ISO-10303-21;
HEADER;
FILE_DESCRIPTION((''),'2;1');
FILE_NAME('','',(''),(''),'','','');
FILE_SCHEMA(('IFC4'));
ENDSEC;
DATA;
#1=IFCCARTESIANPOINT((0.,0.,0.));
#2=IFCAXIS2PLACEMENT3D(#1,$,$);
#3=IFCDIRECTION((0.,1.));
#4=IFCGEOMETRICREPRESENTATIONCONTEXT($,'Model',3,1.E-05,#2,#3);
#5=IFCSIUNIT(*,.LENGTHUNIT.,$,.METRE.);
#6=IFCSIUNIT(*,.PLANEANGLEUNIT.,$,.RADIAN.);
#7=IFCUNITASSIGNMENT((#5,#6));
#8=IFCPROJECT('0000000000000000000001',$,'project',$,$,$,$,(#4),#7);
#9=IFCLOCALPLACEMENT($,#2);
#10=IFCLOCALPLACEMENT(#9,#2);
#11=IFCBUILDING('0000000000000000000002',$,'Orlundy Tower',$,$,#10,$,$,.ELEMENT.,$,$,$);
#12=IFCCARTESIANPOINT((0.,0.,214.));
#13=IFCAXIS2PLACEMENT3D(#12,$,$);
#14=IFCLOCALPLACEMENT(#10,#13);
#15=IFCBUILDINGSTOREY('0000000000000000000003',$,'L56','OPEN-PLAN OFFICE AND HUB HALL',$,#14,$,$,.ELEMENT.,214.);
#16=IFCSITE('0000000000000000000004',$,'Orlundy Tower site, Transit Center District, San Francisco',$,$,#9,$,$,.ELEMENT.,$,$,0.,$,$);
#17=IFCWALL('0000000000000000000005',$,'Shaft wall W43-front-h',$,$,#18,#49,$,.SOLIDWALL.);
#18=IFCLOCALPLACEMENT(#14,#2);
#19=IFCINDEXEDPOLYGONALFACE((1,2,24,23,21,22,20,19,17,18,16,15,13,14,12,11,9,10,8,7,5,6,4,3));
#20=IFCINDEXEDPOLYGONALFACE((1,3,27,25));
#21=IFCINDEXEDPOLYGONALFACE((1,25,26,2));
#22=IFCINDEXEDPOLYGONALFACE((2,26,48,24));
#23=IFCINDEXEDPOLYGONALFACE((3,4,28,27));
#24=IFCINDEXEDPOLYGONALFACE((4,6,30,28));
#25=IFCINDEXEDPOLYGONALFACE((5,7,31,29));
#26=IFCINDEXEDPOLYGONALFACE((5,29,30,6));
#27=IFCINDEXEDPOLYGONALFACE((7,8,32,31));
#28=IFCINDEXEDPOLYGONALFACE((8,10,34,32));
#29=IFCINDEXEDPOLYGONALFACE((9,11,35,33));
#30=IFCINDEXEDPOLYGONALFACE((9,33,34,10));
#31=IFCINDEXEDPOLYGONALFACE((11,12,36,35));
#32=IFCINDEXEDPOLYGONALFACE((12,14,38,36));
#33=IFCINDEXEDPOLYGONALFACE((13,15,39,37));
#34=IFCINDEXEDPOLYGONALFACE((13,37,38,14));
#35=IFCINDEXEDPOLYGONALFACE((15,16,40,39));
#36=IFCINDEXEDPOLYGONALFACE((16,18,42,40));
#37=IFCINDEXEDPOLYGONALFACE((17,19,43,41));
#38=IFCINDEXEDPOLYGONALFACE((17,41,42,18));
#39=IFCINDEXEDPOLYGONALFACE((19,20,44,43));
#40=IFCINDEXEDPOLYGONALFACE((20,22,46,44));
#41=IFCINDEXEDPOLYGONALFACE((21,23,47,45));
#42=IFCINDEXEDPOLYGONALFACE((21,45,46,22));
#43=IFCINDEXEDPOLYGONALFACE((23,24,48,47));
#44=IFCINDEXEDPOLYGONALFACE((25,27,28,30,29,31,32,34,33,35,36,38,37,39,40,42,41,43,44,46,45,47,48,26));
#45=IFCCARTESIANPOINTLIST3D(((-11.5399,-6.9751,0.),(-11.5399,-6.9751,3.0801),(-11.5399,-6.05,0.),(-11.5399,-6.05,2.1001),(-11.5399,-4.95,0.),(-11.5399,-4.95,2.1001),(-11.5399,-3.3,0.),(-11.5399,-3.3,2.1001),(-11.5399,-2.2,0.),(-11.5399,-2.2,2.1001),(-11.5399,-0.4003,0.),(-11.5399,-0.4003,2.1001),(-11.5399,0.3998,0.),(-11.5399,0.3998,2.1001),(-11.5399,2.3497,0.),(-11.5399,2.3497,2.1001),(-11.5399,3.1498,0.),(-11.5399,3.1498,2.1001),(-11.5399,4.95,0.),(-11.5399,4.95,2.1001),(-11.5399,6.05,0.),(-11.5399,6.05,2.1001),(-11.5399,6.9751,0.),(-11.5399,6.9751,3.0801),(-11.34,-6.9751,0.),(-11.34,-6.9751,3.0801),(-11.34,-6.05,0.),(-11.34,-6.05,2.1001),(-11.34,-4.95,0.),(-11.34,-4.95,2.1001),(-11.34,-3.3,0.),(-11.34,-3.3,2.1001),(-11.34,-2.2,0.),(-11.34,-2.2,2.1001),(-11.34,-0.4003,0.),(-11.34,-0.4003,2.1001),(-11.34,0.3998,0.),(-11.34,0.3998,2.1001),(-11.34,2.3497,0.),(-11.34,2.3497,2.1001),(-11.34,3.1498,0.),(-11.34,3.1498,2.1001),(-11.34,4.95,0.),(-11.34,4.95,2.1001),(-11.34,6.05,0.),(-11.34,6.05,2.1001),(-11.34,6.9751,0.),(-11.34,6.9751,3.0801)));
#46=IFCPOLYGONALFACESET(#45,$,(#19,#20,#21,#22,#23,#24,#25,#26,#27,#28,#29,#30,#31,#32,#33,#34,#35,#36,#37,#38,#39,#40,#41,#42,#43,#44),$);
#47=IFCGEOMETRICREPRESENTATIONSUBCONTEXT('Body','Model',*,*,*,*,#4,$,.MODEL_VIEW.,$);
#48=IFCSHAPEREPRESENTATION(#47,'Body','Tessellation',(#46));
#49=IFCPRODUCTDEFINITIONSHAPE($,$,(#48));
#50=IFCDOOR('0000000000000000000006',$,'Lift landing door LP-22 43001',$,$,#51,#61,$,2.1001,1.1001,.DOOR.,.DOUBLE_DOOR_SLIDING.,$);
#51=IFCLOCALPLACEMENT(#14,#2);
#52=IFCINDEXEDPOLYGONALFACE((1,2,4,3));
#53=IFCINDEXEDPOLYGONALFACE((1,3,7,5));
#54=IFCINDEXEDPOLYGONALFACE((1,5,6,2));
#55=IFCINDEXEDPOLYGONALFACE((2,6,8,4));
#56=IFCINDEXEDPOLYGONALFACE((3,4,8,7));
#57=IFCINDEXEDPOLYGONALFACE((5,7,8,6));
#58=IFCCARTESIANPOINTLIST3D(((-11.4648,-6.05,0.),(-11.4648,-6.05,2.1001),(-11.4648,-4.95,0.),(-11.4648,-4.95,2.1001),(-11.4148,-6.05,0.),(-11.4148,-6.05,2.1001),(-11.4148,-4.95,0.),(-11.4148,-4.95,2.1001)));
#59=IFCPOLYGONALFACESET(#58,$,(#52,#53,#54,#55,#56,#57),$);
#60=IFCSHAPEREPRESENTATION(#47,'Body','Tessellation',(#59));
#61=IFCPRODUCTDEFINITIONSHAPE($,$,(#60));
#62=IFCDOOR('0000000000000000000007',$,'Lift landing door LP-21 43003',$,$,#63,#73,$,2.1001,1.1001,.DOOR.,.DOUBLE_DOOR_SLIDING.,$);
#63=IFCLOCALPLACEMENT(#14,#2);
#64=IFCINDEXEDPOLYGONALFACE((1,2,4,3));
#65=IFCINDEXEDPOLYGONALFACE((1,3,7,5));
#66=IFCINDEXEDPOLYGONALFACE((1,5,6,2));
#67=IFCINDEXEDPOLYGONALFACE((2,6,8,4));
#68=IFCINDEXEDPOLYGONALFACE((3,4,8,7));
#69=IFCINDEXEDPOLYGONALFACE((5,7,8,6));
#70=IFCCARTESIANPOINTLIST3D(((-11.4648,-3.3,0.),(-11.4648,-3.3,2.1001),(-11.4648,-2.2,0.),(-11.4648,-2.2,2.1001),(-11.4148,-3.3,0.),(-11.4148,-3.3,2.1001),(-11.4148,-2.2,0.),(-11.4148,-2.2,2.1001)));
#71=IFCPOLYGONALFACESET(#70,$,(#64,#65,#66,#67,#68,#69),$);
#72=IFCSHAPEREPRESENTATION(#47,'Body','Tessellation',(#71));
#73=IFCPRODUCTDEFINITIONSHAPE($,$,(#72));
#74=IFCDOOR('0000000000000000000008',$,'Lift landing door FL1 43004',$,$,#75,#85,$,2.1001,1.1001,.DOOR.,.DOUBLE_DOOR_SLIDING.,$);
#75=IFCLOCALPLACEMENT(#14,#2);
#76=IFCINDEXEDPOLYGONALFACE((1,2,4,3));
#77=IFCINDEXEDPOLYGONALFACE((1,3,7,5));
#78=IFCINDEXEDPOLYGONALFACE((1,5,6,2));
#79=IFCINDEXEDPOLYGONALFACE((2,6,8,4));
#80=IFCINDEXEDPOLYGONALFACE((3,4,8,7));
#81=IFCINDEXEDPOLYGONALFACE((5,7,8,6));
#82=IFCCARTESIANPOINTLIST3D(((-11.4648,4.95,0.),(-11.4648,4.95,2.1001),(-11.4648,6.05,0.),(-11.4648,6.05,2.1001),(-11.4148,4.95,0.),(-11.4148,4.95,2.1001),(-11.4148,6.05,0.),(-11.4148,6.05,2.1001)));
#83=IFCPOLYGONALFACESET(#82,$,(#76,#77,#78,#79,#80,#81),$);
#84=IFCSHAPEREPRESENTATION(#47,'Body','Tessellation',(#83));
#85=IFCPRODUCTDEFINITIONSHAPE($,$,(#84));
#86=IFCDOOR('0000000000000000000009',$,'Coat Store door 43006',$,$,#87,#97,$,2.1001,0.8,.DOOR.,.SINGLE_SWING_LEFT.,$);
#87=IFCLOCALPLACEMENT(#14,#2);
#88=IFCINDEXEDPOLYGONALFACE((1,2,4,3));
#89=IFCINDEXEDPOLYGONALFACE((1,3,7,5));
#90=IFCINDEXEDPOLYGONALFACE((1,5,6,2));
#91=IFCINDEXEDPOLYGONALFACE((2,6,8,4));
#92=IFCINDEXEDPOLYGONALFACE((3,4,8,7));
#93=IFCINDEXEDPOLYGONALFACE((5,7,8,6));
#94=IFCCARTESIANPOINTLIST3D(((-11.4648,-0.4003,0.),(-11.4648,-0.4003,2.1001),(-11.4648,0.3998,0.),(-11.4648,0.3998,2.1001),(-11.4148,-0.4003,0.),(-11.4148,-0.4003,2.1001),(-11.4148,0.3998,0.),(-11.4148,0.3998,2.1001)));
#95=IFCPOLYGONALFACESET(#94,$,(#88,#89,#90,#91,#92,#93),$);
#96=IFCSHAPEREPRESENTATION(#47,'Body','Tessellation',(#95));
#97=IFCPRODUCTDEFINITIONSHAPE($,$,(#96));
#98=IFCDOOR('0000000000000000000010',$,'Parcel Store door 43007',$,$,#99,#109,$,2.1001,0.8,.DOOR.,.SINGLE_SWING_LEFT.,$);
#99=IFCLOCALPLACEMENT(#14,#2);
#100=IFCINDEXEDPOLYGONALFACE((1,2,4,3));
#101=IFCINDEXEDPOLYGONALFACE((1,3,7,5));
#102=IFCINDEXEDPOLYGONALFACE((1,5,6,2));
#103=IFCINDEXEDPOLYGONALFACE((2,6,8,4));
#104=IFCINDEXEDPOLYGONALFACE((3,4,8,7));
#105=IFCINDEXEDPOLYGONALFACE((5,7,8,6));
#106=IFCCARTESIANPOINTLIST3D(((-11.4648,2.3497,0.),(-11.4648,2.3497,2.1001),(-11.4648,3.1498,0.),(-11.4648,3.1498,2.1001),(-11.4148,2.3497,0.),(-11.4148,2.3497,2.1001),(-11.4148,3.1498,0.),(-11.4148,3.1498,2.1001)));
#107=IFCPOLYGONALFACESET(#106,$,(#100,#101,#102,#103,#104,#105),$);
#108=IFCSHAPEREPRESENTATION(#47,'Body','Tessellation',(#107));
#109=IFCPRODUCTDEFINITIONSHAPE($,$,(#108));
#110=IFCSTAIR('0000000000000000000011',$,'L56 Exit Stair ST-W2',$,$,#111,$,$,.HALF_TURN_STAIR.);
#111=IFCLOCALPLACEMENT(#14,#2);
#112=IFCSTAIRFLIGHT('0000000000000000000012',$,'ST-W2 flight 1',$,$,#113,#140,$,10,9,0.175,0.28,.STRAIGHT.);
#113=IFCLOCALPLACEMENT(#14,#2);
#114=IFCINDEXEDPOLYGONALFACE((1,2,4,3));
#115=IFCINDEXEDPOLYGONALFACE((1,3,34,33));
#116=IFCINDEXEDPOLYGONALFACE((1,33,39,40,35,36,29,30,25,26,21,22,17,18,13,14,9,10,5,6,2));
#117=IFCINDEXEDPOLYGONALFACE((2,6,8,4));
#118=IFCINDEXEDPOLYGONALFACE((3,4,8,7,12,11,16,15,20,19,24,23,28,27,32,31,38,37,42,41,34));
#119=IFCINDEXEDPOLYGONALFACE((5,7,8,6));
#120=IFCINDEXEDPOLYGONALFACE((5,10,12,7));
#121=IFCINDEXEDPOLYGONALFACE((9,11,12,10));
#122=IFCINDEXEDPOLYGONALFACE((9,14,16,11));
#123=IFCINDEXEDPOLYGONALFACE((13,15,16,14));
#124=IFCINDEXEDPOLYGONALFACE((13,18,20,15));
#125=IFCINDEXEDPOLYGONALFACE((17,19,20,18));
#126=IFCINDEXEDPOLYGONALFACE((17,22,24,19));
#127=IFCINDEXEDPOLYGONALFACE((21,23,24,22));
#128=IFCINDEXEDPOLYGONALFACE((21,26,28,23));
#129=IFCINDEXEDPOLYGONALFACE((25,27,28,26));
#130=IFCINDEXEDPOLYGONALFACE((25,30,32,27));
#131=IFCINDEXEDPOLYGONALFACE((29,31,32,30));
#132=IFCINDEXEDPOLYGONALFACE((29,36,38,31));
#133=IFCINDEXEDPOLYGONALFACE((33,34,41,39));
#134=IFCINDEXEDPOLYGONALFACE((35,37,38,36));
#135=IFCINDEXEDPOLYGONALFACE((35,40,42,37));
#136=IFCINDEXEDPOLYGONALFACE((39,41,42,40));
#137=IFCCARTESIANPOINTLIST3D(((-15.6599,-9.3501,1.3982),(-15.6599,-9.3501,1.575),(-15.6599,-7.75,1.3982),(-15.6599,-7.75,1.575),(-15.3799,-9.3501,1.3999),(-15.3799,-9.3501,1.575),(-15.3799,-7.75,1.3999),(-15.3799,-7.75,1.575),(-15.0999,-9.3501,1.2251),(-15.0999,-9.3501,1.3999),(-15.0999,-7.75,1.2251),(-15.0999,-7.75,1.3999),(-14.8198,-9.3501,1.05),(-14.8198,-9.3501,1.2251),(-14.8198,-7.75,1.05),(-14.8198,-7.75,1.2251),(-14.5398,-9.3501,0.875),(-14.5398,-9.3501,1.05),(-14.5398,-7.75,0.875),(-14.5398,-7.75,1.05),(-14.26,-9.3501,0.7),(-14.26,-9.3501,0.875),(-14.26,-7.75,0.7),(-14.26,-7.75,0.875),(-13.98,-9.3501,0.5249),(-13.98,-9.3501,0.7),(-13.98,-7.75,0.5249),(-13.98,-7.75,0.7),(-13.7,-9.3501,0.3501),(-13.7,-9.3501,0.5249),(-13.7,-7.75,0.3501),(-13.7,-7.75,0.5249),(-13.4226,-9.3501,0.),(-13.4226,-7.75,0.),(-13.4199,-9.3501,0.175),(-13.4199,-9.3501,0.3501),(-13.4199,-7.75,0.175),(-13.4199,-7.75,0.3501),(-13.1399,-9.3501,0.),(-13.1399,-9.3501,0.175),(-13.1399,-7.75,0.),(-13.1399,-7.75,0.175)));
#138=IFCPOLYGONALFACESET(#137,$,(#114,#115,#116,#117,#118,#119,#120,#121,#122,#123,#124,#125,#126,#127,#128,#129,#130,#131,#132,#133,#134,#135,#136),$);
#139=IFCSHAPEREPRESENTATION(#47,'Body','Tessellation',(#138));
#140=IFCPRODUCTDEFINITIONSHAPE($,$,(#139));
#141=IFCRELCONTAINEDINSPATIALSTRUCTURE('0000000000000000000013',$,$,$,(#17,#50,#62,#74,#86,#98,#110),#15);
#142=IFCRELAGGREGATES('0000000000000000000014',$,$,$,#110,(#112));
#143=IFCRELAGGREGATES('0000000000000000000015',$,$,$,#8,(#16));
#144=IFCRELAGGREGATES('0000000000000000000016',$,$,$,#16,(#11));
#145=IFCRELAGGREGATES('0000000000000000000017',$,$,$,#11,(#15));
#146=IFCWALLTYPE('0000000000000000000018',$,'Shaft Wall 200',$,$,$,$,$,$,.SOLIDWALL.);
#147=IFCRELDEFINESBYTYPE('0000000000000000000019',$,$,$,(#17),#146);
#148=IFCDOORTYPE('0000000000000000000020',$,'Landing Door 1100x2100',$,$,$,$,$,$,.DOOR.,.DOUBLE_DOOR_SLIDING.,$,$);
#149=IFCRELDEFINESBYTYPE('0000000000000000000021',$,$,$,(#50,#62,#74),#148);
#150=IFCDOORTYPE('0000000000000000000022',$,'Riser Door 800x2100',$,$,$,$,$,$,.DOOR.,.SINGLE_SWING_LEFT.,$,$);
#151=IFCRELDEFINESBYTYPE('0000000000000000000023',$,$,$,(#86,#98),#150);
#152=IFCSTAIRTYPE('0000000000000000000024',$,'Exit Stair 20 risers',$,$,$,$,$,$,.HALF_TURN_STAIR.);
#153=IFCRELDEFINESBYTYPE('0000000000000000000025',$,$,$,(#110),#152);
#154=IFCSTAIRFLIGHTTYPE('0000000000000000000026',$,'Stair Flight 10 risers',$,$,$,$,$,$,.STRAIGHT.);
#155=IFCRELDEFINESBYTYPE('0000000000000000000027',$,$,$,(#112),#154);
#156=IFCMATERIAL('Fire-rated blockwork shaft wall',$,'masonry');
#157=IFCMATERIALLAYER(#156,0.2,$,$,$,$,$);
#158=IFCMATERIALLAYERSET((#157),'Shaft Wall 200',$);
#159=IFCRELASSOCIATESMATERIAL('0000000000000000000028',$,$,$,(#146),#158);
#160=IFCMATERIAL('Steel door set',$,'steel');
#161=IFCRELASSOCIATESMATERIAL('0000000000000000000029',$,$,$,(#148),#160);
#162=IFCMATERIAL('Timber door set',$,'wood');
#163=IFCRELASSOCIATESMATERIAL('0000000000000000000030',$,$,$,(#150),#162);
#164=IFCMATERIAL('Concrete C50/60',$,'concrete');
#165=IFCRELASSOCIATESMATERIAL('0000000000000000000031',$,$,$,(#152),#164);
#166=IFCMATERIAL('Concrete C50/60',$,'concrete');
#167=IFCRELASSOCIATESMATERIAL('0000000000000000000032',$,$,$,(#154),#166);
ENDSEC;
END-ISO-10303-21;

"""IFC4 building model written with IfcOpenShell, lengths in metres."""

from ifc_helpers import new_model, si_unit, direction, frame, frame_2d, origin, place, context, subcontext, project, spatial, polyline, rectangle, outline, extrude, material, layer, layer_set, type_object, element, fill, aggregate, save


model = new_model("IFC4")

# Units and contexts
model_context = context("Model", 3, precision=1e-05, world=origin(), true_north=direction((0.0, 1.0)))
body_context = subcontext(model_context, "Body", "Model", "MODEL_VIEW")
ifc_project = project(units=[si_unit("LENGTHUNIT", "METRE"), si_unit("PLANEANGLEUNIT", "RADIAN")], contexts=[model_context])

# Site, building, storey
site_placement = place(None, origin())
site = spatial("IfcSite", under=ifc_project, at=site_placement, Name="Orlundy Tower site, Transit Center District, San Francisco", CompositionType="ELEMENT", RefElevation=0.0)
building_placement = place(site_placement, origin())
building = spatial("IfcBuilding", under=site, at=building_placement, Name="Orlundy Tower", CompositionType="ELEMENT")
storey_placement = place(building_placement, frame((0.0, 0.0, 214.0)))
storey = spatial("IfcBuildingStorey", under=building, at=storey_placement, Name="L56", Description="OPEN-PLAN OFFICE AND HUB HALL", CompositionType="ELEMENT", Elevation=214.0)

# Wall, openings, doors
ifc_material_1 = material(Name="Fire-rated blockwork shaft wall", Category="masonry")
ifc_layer_1 = layer(ifc_material_1, 0.2)
ifc_layer_set_1 = layer_set([ifc_layer_1], Name="Shaft Wall 200")
wall_type_1 = type_object("IfcWallType", Name="Shaft Wall 200", PredefinedType="SOLIDWALL", material=ifc_layer_set_1)
wall_1_placement = place(storey_placement, frame((-11.4399, -6.9751, 0.0), z_axis=(0.0, 0.0, 1.0), x_axis=(0.0, 1.0, 0.0)))
wall_1 = element("IfcWall", 1, at=wall_1_placement, inside=storey, type_object=wall_type_1, Name="Shaft wall W43-front-h", PredefinedType="SOLIDWALL", context=body_context, shape_type="SweptSolid", body=[
    extrude(rectangle(XDim=13.9502, YDim=0.2, at=frame_2d((6.9751, 0.0))), origin(), (0.0, 0.0, 1.0), 3.0801),
])
opening_1_placement = place(wall_1_placement, frame((0.925, 0.0, 0.0)))
opening_1 = element("IfcOpeningElement", 2, at=opening_1_placement, cuts=wall_1, PredefinedType="OPENING", context=body_context, shape_type="SweptSolid", body=[
    extrude(rectangle(XDim=1.1001, YDim=2.1001, at=frame_2d((0.55, 1.05))), frame((0.0, 0.1101, 0.0), z_axis=(0.0, -1.0, 0.0), x_axis=(1.0, 0.0, 0.0)), (0.0, 0.0, 1.0), 0.2202),
])
opening_2_placement = place(wall_1_placement, frame((3.675, 0.0, 0.0)))
opening_2 = element("IfcOpeningElement", 3, at=opening_2_placement, cuts=wall_1, PredefinedType="OPENING", context=body_context, shape_type="SweptSolid", body=[
    extrude(rectangle(XDim=1.1001, YDim=2.1001, at=frame_2d((0.55, 1.05))), frame((0.0, 0.1101, 0.0), z_axis=(0.0, -1.0, 0.0), x_axis=(1.0, 0.0, 0.0)), (0.0, 0.0, 1.0), 0.2202),
])
opening_3_placement = place(wall_1_placement, frame((11.925, 0.0, 0.0)))
opening_3 = element("IfcOpeningElement", 4, at=opening_3_placement, cuts=wall_1, PredefinedType="OPENING", context=body_context, shape_type="SweptSolid", body=[
    extrude(rectangle(XDim=1.1001, YDim=2.1001, at=frame_2d((0.55, 1.05))), frame((0.0, 0.1101, 0.0), z_axis=(0.0, -1.0, 0.0), x_axis=(1.0, 0.0, 0.0)), (0.0, 0.0, 1.0), 0.2202),
])
opening_4_placement = place(wall_1_placement, frame((6.575, 0.0, 0.0)))
opening_4 = element("IfcOpeningElement", 5, at=opening_4_placement, cuts=wall_1, PredefinedType="OPENING", context=body_context, shape_type="SweptSolid", body=[
    extrude(rectangle(XDim=0.8, YDim=2.1001, at=frame_2d((0.3999, 1.05))), frame((0.0, 0.1101, 0.0), z_axis=(0.0, -1.0, 0.0), x_axis=(1.0, 0.0, 0.0)), (0.0, 0.0, 1.0), 0.2202),
])
opening_5_placement = place(wall_1_placement, frame((9.325, 0.0, 0.0)))
opening_5 = element("IfcOpeningElement", 6, at=opening_5_placement, cuts=wall_1, PredefinedType="OPENING", context=body_context, shape_type="SweptSolid", body=[
    extrude(rectangle(XDim=0.8, YDim=2.1001, at=frame_2d((0.3999, 1.05))), frame((0.0, 0.1101, 0.0), z_axis=(0.0, -1.0, 0.0), x_axis=(1.0, 0.0, 0.0)), (0.0, 0.0, 1.0), 0.2202),
])
ifc_material_2 = material(Name="Steel door set", Category="steel")
door_type_1 = type_object("IfcDoorType", Name="Landing Door 1100x2100", OperationType="DOUBLE_DOOR_SLIDING", PredefinedType="DOOR", material=ifc_material_2)
door_1_placement = place(opening_1_placement, origin())
door_1 = element("IfcDoor", 7, at=door_1_placement, inside=storey, type_object=door_type_1, Name="Lift landing door LP-22 43001", OperationType="DOUBLE_DOOR_SLIDING", OverallHeight=2.1001, OverallWidth=1.1001, PredefinedType="DOOR", context=body_context, shape_type="SweptSolid", body=[
    extrude(rectangle(XDim=1.1001, YDim=2.1001, at=frame_2d((0.55, 1.05))), frame((0.0, 0.0249, 0.0), z_axis=(0.0, -1.0, 0.0), x_axis=(1.0, 0.0, 0.0)), (0.0, 0.0, 1.0), 0.05),
])
fill(opening_1, door_1)
door_2_placement = place(opening_2_placement, origin())
door_2 = element("IfcDoor", 8, at=door_2_placement, inside=storey, type_object=door_type_1, Name="Lift landing door LP-21 43003", OperationType="DOUBLE_DOOR_SLIDING", OverallHeight=2.1001, OverallWidth=1.1001, PredefinedType="DOOR", context=body_context, shape_type="SweptSolid", body=[
    extrude(rectangle(XDim=1.1001, YDim=2.1001, at=frame_2d((0.55, 1.05))), frame((0.0, 0.0249, 0.0), z_axis=(0.0, -1.0, 0.0), x_axis=(1.0, 0.0, 0.0)), (0.0, 0.0, 1.0), 0.05),
])
fill(opening_2, door_2)
door_3_placement = place(opening_3_placement, origin())
door_3 = element("IfcDoor", 9, at=door_3_placement, inside=storey, type_object=door_type_1, Name="Lift landing door FL1 43004", OperationType="DOUBLE_DOOR_SLIDING", OverallHeight=2.1001, OverallWidth=1.1001, PredefinedType="DOOR", context=body_context, shape_type="SweptSolid", body=[
    extrude(rectangle(XDim=1.1001, YDim=2.1001, at=frame_2d((0.55, 1.05))), frame((0.0, 0.0249, 0.0), z_axis=(0.0, -1.0, 0.0), x_axis=(1.0, 0.0, 0.0)), (0.0, 0.0, 1.0), 0.05),
])
fill(opening_3, door_3)
ifc_material_3 = material(Name="Timber door set", Category="wood")
door_type_2 = type_object("IfcDoorType", Name="Riser Door 800x2100", OperationType="SINGLE_SWING_LEFT", PredefinedType="DOOR", material=ifc_material_3)
door_4_placement = place(opening_4_placement, origin())
door_4 = element("IfcDoor", 10, at=door_4_placement, inside=storey, type_object=door_type_2, Name="Coat Store door 43006", OperationType="SINGLE_SWING_LEFT", OverallHeight=2.1001, OverallWidth=0.8, PredefinedType="DOOR", context=body_context, shape_type="SweptSolid", body=[
    extrude(rectangle(XDim=0.8, YDim=2.1001, at=frame_2d((0.3999, 1.05))), frame((0.0, 0.0249, 0.0), z_axis=(0.0, -1.0, 0.0), x_axis=(1.0, 0.0, 0.0)), (0.0, 0.0, 1.0), 0.05),
])
fill(opening_4, door_4)
door_5_placement = place(opening_5_placement, origin())
door_5 = element("IfcDoor", 11, at=door_5_placement, inside=storey, type_object=door_type_2, Name="Parcel Store door 43007", OperationType="SINGLE_SWING_LEFT", OverallHeight=2.1001, OverallWidth=0.8, PredefinedType="DOOR", context=body_context, shape_type="SweptSolid", body=[
    extrude(rectangle(XDim=0.8, YDim=2.1001, at=frame_2d((0.3999, 1.05))), frame((0.0, 0.0249, 0.0), z_axis=(0.0, -1.0, 0.0), x_axis=(1.0, 0.0, 0.0)), (0.0, 0.0, 1.0), 0.05),
])
fill(opening_5, door_5)

# Stair, stair flight
ifc_material_4 = material(Name="Concrete C50/60", Category="concrete")
stair_type = type_object("IfcStairType", Name="Exit Stair 20 risers", PredefinedType="HALF_TURN_STAIR", material=ifc_material_4)
stair_placement = place(storey_placement, origin())
stair = element("IfcStair", 12, at=stair_placement, inside=storey, type_object=stair_type, Name="L56 Exit Stair ST-W2", PredefinedType="HALF_TURN_STAIR")
ifc_material_5 = material(Name="Concrete C50/60", Category="concrete")
stair_flight_type = type_object("IfcStairFlightType", Name="Stair Flight 10 risers", PredefinedType="STRAIGHT", material=ifc_material_5)
stair_flight_1_placement = place(storey_placement, frame((-13.1399, -8.55, 0.0), z_axis=(0.0, 0.0, 1.0), x_axis=(-1.0, 0.0, 0.0)))
stair_flight_1 = element("IfcStairFlight", 13, at=stair_flight_1_placement, type_object=stair_flight_type, Name="ST-W2 flight 1", NumberOfRisers=10, NumberOfTreads=9, PredefinedType="STRAIGHT", RiserHeight=0.175, TreadLength=0.28, context=body_context, shape_type="SweptSolid", body=[
    extrude(outline(polyline([(0.0, 0.0), (0.0, 0.175), (0.28, 0.175), (0.28, 0.3501), (0.5601, 0.3501), (0.5601, 0.5249), (0.8401, 0.5249), (0.8401, 0.7), (1.1201, 0.7), (1.1201, 0.875), (1.3999, 0.875), (1.3999, 1.05), (1.6799, 1.05), (1.6799, 1.2251), (1.96, 1.2251), (1.96, 1.3999), (2.24, 1.3999), (2.24, 1.575), (2.52, 1.575), (2.52, 1.75), (2.52, 1.3982), (0.2827, 0.0), (0.0, 0.0)])), frame((0.0, 0.8, 0.0), z_axis=(0.0, -1.0, 0.0), x_axis=(1.0, 0.0, 0.0)), (0.0, 0.0, 1.0), 1.6001),
])
aggregate(stair, [stair_flight_1])

save(model, "model.ifc")
